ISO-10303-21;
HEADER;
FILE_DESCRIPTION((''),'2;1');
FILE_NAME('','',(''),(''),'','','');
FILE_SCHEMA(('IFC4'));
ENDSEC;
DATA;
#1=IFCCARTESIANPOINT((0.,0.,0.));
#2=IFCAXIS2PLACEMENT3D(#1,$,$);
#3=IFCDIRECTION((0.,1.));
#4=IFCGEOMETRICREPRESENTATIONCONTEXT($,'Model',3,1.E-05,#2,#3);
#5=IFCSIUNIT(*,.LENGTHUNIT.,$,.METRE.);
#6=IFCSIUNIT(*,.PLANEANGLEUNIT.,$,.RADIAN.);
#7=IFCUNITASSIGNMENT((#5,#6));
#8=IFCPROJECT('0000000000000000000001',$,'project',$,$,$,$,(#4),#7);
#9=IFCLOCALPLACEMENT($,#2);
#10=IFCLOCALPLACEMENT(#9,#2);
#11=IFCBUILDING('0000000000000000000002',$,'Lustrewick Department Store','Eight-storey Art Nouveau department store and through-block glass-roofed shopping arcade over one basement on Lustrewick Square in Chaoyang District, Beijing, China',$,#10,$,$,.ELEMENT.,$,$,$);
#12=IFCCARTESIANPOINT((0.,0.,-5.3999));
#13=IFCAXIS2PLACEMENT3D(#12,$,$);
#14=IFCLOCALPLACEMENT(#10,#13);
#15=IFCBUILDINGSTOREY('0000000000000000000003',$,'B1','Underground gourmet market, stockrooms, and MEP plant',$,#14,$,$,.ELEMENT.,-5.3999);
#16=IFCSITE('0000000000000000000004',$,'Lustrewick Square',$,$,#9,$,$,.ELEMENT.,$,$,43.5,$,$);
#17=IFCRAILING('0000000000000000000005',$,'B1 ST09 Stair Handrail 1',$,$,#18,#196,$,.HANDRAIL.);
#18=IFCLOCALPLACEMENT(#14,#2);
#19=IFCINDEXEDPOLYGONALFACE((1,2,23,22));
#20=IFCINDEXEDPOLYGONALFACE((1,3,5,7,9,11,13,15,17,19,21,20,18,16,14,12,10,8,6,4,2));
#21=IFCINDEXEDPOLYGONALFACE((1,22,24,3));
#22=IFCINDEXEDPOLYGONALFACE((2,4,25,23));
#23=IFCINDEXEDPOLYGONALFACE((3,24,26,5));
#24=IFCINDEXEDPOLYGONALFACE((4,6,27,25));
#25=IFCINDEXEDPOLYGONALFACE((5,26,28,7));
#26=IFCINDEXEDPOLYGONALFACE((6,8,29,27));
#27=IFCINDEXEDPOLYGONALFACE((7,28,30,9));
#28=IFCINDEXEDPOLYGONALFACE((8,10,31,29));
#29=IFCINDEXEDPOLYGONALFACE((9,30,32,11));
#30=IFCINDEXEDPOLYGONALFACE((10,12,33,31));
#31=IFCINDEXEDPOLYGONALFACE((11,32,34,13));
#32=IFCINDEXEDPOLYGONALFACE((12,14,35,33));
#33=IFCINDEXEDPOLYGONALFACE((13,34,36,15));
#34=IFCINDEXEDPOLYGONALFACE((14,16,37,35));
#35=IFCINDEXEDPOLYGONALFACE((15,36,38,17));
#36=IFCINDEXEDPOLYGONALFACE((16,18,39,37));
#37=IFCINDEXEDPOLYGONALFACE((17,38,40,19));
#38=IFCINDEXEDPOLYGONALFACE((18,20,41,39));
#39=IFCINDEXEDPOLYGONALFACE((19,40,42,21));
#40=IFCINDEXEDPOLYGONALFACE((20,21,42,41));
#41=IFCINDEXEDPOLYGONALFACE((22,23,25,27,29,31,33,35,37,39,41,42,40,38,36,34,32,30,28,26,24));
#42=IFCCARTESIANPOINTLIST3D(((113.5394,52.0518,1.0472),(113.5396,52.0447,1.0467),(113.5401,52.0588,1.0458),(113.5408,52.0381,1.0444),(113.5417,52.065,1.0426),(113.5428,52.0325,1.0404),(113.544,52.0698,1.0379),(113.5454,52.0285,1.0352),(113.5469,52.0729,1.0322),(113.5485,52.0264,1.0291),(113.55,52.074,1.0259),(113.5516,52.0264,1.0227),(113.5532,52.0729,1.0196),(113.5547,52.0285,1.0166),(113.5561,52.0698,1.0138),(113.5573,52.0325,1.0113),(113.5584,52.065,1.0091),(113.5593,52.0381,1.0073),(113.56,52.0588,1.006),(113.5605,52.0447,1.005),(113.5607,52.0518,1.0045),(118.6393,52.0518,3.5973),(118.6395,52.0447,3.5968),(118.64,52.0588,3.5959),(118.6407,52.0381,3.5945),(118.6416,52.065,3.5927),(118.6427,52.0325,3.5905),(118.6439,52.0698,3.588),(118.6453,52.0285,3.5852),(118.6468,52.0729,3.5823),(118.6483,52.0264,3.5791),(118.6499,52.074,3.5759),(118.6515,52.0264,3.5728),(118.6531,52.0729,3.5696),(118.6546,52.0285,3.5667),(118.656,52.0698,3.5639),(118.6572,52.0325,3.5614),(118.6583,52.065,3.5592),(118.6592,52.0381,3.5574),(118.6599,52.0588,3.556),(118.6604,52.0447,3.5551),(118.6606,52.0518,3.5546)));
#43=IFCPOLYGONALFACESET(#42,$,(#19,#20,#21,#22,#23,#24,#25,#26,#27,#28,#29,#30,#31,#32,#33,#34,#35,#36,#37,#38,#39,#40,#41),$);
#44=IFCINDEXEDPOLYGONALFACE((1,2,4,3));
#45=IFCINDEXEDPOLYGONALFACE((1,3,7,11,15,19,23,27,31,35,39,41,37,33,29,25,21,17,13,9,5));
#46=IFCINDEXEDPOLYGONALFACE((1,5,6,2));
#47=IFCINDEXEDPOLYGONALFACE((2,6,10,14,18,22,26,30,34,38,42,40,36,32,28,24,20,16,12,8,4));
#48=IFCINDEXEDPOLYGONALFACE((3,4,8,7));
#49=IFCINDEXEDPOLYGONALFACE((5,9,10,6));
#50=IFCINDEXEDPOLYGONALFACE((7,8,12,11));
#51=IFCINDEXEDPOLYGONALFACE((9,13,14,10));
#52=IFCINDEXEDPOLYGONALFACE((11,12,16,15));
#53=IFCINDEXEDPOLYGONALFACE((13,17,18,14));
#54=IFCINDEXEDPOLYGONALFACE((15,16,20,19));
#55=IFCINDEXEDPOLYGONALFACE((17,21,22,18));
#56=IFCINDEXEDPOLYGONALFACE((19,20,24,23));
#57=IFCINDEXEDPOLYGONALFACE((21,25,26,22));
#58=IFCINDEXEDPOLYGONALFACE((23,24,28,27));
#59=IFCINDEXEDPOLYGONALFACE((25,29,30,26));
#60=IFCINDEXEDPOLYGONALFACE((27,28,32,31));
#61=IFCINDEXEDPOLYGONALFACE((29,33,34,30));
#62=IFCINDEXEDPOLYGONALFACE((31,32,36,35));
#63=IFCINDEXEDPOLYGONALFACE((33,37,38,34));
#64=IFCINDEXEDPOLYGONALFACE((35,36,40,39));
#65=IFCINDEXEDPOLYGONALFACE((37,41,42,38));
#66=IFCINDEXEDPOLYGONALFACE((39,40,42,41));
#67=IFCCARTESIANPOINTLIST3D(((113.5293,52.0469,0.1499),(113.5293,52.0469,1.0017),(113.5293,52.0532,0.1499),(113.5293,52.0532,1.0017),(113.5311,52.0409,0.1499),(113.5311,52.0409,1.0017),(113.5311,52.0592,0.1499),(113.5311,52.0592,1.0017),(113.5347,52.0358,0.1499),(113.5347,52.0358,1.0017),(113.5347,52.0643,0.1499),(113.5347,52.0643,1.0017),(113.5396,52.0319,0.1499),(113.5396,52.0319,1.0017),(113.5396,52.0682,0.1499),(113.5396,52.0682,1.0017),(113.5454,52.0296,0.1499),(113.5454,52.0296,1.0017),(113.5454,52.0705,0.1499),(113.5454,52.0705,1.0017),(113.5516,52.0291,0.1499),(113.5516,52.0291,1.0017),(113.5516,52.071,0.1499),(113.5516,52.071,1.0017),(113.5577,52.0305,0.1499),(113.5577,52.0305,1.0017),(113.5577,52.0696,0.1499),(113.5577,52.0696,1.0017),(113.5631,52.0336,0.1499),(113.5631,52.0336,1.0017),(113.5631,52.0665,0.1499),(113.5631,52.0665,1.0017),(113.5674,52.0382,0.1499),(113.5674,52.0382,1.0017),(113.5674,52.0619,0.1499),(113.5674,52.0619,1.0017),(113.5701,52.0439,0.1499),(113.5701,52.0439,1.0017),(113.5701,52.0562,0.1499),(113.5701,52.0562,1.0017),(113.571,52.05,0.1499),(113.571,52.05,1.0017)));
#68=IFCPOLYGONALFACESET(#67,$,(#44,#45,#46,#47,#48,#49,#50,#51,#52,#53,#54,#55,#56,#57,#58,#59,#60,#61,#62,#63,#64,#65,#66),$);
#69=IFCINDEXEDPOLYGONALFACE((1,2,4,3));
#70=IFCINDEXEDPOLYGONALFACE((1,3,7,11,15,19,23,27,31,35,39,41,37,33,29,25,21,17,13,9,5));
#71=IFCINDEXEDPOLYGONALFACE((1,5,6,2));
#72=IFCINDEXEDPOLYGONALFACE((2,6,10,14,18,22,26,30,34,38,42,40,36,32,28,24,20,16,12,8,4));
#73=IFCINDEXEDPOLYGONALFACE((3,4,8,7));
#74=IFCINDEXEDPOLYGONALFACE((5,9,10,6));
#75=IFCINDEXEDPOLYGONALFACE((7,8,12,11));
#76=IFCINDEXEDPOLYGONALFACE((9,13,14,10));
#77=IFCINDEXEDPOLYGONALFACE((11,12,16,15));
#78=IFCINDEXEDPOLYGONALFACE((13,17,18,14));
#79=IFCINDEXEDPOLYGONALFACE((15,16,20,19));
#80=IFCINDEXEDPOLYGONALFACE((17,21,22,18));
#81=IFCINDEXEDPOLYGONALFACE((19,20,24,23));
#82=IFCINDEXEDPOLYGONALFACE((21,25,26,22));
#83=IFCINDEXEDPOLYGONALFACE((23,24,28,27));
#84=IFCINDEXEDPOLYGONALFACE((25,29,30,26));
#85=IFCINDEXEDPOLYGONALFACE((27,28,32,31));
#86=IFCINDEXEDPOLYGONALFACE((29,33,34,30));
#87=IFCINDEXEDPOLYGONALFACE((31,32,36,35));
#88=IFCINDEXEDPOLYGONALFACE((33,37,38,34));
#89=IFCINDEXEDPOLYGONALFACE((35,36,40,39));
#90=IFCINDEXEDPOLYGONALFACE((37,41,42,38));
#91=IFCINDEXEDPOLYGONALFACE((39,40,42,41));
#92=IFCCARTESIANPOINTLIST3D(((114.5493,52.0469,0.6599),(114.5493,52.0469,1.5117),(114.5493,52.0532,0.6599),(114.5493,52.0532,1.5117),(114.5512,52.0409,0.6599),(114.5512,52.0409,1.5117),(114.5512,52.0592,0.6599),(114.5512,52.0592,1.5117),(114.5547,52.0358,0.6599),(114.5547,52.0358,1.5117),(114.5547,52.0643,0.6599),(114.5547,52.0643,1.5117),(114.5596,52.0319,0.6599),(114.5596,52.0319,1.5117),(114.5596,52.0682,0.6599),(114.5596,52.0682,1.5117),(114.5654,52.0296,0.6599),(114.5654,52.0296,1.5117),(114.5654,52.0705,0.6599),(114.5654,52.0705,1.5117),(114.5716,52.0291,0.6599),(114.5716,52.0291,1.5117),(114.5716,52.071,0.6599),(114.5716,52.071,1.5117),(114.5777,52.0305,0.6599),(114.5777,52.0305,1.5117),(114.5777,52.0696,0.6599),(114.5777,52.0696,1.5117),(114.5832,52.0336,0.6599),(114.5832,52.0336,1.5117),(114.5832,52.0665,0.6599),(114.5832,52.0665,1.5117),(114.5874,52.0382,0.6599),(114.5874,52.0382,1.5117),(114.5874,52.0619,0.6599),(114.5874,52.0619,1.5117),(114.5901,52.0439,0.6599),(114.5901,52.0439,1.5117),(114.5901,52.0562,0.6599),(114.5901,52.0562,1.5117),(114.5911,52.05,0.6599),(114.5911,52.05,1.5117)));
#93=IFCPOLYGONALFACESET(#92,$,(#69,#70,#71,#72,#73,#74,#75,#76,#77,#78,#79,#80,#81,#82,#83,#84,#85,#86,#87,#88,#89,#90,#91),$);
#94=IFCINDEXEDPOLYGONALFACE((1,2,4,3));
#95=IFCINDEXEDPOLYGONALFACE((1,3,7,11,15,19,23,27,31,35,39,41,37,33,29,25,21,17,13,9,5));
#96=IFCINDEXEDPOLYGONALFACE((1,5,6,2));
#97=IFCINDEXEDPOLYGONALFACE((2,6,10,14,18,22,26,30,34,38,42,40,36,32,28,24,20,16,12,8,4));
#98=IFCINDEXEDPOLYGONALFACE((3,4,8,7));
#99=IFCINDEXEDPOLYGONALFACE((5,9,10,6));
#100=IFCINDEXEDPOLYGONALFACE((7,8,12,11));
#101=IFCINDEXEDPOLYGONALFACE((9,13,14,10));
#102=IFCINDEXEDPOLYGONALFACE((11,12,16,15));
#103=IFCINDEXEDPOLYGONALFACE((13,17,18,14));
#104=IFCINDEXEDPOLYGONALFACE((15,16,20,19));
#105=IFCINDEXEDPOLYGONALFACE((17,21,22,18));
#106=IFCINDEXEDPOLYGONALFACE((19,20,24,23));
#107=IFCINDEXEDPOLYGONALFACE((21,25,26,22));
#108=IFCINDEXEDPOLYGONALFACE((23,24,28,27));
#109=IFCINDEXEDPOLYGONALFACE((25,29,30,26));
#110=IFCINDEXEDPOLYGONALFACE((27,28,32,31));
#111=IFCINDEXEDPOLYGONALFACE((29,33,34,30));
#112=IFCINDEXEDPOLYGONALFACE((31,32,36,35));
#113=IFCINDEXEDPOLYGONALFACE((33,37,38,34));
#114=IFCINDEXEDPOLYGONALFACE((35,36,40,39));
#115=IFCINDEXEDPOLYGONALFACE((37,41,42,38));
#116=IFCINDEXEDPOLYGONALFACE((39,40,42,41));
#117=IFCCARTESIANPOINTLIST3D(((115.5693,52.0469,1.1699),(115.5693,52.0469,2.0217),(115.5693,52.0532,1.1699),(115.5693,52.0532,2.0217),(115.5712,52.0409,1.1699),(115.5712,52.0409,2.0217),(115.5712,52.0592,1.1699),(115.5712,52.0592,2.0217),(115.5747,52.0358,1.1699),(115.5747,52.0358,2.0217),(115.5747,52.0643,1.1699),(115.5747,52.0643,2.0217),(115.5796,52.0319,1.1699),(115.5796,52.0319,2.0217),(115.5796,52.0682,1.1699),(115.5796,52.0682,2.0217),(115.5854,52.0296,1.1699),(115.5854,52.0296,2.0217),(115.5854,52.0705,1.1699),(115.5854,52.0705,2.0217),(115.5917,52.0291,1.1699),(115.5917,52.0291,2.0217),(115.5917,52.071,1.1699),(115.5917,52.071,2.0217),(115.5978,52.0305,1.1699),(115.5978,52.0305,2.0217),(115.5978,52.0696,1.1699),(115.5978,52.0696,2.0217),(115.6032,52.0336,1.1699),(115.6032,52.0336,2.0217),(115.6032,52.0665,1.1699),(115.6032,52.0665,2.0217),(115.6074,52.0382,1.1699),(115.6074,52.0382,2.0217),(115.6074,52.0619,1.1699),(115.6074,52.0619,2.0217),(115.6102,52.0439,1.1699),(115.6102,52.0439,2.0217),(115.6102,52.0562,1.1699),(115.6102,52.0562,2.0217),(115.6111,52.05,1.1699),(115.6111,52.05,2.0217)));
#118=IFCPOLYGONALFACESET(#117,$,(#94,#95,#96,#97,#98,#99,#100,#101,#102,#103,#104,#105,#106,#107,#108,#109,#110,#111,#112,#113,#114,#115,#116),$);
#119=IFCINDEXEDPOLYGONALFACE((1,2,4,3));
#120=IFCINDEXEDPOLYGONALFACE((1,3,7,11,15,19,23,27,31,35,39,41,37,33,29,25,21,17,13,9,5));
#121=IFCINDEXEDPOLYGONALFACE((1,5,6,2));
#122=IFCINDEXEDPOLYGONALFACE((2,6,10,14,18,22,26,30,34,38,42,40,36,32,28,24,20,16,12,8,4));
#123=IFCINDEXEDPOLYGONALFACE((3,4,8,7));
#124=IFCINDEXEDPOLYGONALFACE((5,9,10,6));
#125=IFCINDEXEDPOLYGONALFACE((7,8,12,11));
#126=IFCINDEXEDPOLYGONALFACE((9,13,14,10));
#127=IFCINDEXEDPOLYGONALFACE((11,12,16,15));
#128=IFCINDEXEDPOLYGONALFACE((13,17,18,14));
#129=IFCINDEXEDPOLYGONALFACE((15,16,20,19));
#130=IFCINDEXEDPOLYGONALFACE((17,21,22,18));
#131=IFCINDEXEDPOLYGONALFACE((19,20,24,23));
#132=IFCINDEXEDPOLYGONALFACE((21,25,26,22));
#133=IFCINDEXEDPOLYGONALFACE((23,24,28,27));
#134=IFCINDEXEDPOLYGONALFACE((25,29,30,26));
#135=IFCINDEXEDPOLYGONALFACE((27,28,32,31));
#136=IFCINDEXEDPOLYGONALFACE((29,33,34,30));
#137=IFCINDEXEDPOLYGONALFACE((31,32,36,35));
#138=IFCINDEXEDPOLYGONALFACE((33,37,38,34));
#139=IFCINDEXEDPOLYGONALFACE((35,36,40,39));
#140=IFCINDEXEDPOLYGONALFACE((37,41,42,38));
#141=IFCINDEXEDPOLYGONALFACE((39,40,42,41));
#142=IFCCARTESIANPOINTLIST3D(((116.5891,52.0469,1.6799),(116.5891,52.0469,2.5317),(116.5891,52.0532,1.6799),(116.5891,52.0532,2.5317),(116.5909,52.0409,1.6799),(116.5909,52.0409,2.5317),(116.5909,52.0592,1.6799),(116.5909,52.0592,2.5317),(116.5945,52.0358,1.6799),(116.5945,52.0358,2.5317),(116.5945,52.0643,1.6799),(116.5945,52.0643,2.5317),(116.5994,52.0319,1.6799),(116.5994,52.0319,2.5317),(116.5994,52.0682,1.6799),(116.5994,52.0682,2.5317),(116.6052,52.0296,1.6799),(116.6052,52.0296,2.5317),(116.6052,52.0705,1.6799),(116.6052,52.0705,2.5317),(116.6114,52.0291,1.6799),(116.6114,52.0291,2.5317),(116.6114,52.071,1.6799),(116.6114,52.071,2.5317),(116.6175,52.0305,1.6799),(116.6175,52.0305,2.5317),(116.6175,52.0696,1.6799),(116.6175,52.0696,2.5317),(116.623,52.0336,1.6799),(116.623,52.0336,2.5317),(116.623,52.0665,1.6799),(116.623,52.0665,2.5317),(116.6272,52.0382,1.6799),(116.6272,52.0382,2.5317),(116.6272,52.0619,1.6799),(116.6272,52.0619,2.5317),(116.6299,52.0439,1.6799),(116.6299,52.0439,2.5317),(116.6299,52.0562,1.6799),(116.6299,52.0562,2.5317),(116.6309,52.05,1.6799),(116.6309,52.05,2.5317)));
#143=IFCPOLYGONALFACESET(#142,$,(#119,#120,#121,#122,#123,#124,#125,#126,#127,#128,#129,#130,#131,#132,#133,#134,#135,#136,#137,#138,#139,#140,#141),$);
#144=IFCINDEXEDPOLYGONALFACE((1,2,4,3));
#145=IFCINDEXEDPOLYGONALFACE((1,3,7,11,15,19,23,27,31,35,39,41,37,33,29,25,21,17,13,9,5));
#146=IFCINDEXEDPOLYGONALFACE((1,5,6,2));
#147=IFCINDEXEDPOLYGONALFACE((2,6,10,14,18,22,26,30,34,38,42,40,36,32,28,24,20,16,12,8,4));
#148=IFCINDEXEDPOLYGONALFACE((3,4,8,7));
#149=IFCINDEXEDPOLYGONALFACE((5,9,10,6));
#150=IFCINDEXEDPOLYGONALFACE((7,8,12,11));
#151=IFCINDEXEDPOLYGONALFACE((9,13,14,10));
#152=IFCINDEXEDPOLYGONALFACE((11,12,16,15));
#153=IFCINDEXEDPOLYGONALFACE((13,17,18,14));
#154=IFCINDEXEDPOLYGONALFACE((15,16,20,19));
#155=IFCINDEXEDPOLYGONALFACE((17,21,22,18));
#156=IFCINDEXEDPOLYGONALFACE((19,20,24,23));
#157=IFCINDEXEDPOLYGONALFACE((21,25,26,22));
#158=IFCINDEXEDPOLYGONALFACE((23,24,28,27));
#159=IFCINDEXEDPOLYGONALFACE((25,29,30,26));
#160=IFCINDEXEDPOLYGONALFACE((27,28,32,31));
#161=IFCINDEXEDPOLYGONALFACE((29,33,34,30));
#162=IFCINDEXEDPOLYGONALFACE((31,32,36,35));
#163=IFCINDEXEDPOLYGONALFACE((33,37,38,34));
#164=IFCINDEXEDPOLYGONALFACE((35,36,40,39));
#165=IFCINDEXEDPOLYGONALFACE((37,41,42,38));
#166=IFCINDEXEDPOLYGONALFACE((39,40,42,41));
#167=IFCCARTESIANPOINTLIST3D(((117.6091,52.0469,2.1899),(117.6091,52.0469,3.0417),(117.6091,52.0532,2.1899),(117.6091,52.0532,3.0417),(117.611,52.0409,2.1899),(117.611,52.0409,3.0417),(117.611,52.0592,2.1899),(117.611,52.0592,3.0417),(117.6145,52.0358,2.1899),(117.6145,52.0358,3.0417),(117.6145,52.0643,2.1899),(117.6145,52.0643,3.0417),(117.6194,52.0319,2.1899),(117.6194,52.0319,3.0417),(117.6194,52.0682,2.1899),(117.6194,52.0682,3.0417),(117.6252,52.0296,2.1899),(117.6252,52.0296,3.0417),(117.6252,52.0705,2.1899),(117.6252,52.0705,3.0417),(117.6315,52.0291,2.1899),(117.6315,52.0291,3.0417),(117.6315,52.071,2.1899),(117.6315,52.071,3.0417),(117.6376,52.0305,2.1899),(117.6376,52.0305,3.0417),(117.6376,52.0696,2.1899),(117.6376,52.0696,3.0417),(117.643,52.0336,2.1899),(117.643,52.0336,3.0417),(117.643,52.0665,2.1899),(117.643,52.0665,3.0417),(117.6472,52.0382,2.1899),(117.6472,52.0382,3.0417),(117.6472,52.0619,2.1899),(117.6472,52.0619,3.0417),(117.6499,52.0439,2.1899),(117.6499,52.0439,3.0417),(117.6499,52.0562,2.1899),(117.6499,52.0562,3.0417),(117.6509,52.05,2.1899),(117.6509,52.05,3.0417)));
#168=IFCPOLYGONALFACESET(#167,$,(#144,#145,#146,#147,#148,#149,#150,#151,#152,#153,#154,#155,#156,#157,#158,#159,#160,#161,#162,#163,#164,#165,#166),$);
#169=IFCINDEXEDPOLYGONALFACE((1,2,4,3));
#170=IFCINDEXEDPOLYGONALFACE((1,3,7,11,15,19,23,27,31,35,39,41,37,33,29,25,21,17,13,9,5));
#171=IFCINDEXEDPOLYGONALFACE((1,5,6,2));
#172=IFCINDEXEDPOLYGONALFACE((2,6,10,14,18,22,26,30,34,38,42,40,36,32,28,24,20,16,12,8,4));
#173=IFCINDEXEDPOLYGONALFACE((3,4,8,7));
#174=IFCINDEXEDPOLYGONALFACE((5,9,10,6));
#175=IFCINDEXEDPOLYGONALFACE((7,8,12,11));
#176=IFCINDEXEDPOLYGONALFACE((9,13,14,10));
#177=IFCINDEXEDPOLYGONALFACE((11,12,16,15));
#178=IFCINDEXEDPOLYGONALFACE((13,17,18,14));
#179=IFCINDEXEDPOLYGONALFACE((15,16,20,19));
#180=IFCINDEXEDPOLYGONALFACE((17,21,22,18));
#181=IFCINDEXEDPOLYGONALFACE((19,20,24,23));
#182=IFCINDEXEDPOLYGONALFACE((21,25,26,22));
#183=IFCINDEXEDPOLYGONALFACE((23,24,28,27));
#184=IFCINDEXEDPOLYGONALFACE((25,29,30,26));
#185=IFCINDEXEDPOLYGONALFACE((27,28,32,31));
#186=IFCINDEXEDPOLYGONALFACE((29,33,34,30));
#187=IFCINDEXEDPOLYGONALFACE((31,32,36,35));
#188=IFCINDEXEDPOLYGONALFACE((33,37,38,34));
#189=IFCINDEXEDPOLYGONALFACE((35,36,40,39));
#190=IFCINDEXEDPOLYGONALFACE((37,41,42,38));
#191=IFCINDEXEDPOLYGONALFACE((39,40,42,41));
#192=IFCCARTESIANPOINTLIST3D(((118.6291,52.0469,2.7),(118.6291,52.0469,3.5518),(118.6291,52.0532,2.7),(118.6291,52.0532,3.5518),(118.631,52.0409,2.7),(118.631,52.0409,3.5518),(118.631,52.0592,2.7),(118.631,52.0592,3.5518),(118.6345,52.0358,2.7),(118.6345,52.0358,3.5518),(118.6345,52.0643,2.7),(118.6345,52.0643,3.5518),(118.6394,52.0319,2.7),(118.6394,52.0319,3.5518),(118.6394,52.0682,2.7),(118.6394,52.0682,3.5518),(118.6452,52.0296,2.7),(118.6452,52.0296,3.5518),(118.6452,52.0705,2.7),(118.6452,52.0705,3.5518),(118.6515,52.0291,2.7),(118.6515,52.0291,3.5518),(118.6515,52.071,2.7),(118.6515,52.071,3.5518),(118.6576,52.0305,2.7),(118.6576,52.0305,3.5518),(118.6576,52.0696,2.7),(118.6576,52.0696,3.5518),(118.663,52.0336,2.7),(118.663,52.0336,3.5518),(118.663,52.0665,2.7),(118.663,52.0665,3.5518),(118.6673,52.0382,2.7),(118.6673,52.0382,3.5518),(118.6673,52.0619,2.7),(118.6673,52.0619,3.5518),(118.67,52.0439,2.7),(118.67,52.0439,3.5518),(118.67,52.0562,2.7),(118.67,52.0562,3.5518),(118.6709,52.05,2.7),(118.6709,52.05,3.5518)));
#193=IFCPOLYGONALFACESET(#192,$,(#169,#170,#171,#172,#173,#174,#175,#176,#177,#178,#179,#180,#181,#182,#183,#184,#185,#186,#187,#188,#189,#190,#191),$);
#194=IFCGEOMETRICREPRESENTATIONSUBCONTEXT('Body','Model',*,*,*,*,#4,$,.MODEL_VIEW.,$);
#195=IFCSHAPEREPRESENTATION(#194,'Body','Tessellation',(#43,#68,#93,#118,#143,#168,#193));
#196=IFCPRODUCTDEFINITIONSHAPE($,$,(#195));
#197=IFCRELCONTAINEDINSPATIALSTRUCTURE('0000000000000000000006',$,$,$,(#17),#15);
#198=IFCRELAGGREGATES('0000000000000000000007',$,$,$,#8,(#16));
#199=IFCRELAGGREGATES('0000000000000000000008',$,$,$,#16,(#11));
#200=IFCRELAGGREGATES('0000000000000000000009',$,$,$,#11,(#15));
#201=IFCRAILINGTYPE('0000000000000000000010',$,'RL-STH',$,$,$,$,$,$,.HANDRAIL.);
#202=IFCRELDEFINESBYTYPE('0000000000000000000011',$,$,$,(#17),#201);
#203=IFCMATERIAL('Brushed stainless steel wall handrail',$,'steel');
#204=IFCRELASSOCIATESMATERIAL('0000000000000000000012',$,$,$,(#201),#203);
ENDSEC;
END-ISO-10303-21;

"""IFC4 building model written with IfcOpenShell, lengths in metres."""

from ifc_helpers import new_model, si_unit, direction, frame, origin, origin_2d, place, context, subcontext, project, spatial, circle, extrude, material, type_object, element, save


model = new_model("IFC4")

# Units and contexts
model_context = context("Model", 3, precision=1e-05, world=origin(), true_north=direction((0.0, 1.0)))
body_context = subcontext(model_context, "Body", "Model", "MODEL_VIEW")
ifc_project = project(units=[si_unit("LENGTHUNIT", "METRE"), si_unit("PLANEANGLEUNIT", "RADIAN")], contexts=[model_context])

# Site, building, storey
site_placement = place(None, origin())
site = spatial("IfcSite", under=ifc_project, at=site_placement, Name="Lustrewick Square", CompositionType="ELEMENT", RefElevation=43.5)
building_placement = place(site_placement, origin())
building = spatial("IfcBuilding", under=site, at=building_placement, Name="Lustrewick Department Store", Description="Eight-storey Art Nouveau department store and through-block glass-roofed shopping arcade over one basement on Lustrewick Square in Chaoyang District, Beijing, China", CompositionType="ELEMENT")
storey_placement = place(building_placement, frame((0.0, 0.0, -5.3999)))
storey = spatial("IfcBuildingStorey", under=building, at=storey_placement, Name="B1", Description="Underground gourmet market, stockrooms, and MEP plant", CompositionType="ELEMENT", Elevation=-5.3999)

# Railing
ifc_material_1 = material(Name="Brushed stainless steel wall handrail", Category="steel")
railing_type_1 = type_object("IfcRailingType", Name="RL-STH", PredefinedType="HANDRAIL", material=ifc_material_1)
railing_1_placement = place(storey_placement, frame((113.55, 52.05, 0.1499)))
element("IfcRailing", 1, at=railing_1_placement, inside=storey, type_object=railing_type_1, Name="B1 ST09 Stair Handrail 1", PredefinedType="HANDRAIL", context=body_context, shape_type="SweptSolid", body=[
    extrude(circle(Radius=0.0239, at=origin_2d()), frame((0.0, 0.0, 0.876), z_axis=(0.894419, 0.0, 0.447231), x_axis=(0.0, 1.0, 0.0)), (0.0, 0.0, 1.0), 5.7019),
    extrude(circle(Radius=0.021, at=origin_2d()), origin(), (0.0, 0.0, 1.0), 0.8518),
    extrude(circle(Radius=0.021, at=origin_2d()), frame((1.02, 0.0, 0.51)), (0.0, 0.0, 1.0), 0.8518),
    extrude(circle(Radius=0.021, at=origin_2d()), frame((2.04, 0.0, 1.02)), (0.0, 0.0, 1.0), 0.8518),
    extrude(circle(Radius=0.021, at=origin_2d()), frame((3.0598, 0.0, 1.53)), (0.0, 0.0, 1.0), 0.8518),
    extrude(circle(Radius=0.021, at=origin_2d()), frame((4.0798, 0.0, 2.04)), (0.0, 0.0, 1.0), 0.8518),
    extrude(circle(Radius=0.021, at=origin_2d()), frame((5.0999, 0.0, 2.55)), (0.0, 0.0, 1.0), 0.8518),
])

save(model, "model.ifc")
